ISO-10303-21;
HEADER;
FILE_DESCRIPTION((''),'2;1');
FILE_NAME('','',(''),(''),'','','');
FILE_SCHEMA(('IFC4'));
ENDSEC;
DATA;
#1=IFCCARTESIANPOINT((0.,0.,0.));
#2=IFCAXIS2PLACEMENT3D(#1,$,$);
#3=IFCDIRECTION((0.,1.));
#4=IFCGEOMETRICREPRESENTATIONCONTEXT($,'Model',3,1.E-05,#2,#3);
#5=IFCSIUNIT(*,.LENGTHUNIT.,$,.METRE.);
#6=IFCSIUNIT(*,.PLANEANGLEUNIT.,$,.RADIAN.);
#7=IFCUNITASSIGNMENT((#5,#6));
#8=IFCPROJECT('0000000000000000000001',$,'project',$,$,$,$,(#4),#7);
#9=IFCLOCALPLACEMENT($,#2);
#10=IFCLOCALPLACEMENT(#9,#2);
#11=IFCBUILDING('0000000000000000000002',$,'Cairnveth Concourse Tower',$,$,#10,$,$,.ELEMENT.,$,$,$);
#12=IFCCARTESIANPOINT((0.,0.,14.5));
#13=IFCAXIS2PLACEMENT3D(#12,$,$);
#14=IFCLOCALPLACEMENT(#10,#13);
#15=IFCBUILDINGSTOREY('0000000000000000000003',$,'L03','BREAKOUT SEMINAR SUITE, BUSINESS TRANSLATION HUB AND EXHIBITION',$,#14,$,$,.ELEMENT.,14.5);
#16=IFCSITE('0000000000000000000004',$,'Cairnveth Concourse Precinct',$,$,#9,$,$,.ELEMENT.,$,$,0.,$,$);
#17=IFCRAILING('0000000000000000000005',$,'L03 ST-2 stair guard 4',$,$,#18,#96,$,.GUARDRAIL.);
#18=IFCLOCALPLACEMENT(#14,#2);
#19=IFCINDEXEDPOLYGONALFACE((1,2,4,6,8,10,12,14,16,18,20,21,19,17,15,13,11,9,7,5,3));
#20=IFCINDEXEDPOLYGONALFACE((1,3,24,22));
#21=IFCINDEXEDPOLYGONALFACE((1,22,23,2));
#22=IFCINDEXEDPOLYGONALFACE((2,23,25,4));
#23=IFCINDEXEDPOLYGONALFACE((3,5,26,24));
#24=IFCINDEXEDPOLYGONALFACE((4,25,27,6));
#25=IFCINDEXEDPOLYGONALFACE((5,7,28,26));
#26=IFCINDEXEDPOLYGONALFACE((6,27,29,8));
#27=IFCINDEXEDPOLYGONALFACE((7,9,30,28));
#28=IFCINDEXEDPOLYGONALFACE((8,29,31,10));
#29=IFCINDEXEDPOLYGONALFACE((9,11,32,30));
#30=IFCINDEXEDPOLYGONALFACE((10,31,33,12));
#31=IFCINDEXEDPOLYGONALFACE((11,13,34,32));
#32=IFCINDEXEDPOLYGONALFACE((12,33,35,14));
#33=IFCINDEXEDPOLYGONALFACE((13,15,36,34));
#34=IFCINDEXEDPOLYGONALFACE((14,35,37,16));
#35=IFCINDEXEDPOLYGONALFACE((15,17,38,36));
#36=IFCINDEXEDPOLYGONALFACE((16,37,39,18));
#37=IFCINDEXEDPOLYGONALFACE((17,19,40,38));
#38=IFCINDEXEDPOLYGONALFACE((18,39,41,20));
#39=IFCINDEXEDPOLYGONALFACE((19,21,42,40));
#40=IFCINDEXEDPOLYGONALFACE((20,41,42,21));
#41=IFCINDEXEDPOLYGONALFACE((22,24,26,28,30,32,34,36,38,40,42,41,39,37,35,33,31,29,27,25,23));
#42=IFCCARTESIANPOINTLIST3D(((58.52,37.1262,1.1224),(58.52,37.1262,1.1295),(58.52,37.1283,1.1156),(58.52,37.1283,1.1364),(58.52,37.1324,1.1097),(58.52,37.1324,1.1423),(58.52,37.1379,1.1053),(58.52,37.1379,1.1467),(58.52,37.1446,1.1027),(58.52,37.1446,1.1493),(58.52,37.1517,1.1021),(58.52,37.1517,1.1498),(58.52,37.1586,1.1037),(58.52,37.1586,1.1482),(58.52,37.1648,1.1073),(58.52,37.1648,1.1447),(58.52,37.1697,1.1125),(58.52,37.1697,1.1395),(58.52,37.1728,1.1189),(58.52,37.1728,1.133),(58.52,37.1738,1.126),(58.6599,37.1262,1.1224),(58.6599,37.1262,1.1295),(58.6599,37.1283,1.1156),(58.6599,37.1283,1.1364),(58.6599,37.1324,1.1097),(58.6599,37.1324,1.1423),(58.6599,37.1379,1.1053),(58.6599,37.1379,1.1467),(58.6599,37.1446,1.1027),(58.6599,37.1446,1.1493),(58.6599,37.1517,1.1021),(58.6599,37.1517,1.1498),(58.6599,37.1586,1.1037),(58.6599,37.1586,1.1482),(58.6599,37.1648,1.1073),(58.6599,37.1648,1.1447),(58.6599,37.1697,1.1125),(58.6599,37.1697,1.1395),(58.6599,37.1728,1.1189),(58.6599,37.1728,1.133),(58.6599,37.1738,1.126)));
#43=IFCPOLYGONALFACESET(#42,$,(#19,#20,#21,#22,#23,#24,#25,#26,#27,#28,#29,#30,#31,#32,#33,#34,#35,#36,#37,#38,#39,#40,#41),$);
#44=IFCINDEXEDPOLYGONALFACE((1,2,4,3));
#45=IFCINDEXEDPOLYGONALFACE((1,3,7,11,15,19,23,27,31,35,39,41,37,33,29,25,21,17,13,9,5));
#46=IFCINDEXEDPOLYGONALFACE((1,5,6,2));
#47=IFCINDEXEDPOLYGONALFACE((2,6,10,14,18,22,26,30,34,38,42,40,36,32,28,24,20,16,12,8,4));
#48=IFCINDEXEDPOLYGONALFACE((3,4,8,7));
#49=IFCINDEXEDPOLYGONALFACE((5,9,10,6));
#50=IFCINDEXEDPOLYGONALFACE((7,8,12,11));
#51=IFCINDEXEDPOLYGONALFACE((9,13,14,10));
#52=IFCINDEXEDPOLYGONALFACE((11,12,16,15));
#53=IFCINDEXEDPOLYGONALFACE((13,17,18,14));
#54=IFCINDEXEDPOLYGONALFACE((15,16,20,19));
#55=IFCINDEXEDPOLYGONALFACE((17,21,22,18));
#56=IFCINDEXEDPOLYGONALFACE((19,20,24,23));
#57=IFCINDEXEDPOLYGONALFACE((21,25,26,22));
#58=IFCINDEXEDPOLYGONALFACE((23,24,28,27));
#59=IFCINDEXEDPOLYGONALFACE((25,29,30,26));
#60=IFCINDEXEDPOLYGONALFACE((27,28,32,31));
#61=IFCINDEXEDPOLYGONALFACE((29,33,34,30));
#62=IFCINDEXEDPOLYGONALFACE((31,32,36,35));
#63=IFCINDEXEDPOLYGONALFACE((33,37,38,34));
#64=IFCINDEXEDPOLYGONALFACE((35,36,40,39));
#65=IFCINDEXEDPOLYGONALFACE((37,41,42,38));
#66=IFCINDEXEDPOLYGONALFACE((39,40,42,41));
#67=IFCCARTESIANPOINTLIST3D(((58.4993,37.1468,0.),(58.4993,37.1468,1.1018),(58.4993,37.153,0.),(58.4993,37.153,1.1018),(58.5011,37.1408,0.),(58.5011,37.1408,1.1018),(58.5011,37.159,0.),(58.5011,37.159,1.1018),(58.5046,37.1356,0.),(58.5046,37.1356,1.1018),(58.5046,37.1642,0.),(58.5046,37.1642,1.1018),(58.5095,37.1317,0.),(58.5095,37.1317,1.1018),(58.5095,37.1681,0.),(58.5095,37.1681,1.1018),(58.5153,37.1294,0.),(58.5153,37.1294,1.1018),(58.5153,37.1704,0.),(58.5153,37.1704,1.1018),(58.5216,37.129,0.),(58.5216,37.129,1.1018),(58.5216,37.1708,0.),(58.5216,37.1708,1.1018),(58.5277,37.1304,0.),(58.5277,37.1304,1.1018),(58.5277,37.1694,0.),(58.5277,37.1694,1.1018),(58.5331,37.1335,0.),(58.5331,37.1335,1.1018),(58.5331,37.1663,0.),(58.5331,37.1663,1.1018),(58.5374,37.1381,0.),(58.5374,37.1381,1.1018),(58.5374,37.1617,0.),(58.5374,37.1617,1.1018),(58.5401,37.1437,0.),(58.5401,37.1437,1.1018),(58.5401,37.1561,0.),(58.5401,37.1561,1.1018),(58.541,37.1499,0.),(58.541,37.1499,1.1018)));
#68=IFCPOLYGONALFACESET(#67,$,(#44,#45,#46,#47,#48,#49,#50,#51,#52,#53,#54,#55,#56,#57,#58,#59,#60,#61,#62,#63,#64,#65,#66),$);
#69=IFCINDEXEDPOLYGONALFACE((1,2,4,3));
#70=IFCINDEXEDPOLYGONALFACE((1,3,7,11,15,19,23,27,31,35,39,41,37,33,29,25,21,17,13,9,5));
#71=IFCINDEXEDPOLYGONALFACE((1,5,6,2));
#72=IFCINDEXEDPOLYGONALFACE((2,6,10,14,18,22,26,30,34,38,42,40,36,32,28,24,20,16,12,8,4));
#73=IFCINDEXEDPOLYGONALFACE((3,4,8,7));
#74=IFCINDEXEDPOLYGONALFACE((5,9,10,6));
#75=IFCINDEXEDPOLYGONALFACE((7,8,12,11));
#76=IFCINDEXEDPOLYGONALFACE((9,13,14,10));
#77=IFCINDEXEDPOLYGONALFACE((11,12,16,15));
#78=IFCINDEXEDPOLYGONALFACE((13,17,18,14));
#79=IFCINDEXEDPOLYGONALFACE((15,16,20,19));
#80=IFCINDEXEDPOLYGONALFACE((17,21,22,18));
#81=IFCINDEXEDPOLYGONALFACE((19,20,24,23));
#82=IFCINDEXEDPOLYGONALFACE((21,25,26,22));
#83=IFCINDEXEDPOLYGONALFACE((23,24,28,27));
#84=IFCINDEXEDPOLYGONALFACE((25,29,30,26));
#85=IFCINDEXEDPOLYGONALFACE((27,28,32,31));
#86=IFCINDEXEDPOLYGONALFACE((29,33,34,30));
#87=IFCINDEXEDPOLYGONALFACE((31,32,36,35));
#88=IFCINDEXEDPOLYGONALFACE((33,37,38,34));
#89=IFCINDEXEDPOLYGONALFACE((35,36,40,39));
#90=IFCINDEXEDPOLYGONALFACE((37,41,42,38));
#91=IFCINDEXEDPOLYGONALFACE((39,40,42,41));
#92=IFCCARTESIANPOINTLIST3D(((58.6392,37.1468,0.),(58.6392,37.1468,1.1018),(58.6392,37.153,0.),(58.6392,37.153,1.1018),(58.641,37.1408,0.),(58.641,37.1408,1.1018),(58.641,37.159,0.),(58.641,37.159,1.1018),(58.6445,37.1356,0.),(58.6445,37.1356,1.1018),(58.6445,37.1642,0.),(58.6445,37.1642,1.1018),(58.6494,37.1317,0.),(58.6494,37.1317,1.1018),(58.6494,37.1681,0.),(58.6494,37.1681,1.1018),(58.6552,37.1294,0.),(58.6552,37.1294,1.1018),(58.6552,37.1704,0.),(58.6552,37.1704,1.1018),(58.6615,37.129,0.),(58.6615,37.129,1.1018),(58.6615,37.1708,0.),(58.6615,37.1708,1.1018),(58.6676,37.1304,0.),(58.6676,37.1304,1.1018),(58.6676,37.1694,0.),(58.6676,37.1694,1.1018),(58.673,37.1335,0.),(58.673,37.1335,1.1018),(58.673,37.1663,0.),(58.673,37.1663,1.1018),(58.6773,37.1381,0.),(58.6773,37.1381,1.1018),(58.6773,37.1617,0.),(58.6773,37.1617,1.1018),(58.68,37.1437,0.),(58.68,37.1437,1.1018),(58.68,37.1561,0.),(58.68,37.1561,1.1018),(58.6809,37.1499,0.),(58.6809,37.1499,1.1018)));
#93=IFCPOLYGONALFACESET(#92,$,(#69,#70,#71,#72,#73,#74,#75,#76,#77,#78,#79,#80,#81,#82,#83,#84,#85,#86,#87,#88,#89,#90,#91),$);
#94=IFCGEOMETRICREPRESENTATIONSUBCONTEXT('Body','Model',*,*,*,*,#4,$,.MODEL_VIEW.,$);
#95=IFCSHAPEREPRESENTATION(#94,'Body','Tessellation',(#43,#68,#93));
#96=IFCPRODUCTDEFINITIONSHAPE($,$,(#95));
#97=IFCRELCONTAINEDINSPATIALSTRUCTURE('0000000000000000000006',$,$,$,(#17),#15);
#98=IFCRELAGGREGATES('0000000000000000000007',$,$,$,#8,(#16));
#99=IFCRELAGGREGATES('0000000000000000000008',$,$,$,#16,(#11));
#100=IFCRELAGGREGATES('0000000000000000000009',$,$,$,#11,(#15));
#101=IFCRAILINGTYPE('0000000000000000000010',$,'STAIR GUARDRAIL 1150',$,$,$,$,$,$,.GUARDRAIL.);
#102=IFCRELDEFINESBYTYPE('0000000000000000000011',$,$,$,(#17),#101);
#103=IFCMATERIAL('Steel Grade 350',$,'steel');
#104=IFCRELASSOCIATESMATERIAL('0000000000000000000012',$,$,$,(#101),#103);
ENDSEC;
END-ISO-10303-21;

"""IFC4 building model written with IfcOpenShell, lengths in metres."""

from ifc_helpers import new_model, si_unit, direction, frame, origin, origin_2d, place, context, subcontext, project, spatial, circle, extrude, material, type_object, element, save


model = new_model("IFC4")

# Units and contexts
model_context = context("Model", 3, precision=1e-05, world=origin(), true_north=direction((0.0, 1.0)))
body_context = subcontext(model_context, "Body", "Model", "MODEL_VIEW")
ifc_project = project(units=[si_unit("LENGTHUNIT", "METRE"), si_unit("PLANEANGLEUNIT", "RADIAN")], contexts=[model_context])

# Site, building, storey
site_placement = place(None, origin())
site = spatial("IfcSite", under=ifc_project, at=site_placement, Name="Cairnveth Concourse Precinct", CompositionType="ELEMENT", RefElevation=0.0)
building_placement = place(site_placement, origin())
building = spatial("IfcBuilding", under=site, at=building_placement, Name="Cairnveth Concourse Tower", CompositionType="ELEMENT")
storey_placement = place(building_placement, frame((0.0, 0.0, 14.5)))
storey = spatial("IfcBuildingStorey", under=building, at=storey_placement, Name="L03", Description="BREAKOUT SEMINAR SUITE, BUSINESS TRANSLATION HUB AND EXHIBITION", CompositionType="ELEMENT", Elevation=14.5)

# Shared definitions
ifc_material_1 = material(Name="Steel Grade 350", Category="steel")

# Railing
railing_type_1 = type_object("IfcRailingType", Name="STAIR GUARDRAIL 1150", PredefinedType="GUARDRAIL", material=ifc_material_1)
railing_1_placement = place(storey_placement, frame((58.52, 37.1499, 0.0)))
element("IfcRailing", 1, at=railing_1_placement, inside=storey, type_object=railing_type_1, Name="L03 ST-2 stair guard 4", PredefinedType="GUARDRAIL", context=body_context, shape_type="SweptSolid", body=[
    extrude(circle(Radius=0.0239, at=origin_2d()), frame((0.0, 0.0, 1.126), z_axis=(1.0, 0.0, 0.0), x_axis=(0.0, 1.0, 0.0)), (0.0, 0.0, 1.0), 0.1399),
    extrude(circle(Radius=0.021, at=origin_2d()), origin(), (0.0, 0.0, 1.0), 1.1018),
    extrude(circle(Radius=0.021, at=origin_2d()), frame((0.1399, 0.0, 0.0)), (0.0, 0.0, 1.0), 1.1018),
])

save(model, "model.ifc")
